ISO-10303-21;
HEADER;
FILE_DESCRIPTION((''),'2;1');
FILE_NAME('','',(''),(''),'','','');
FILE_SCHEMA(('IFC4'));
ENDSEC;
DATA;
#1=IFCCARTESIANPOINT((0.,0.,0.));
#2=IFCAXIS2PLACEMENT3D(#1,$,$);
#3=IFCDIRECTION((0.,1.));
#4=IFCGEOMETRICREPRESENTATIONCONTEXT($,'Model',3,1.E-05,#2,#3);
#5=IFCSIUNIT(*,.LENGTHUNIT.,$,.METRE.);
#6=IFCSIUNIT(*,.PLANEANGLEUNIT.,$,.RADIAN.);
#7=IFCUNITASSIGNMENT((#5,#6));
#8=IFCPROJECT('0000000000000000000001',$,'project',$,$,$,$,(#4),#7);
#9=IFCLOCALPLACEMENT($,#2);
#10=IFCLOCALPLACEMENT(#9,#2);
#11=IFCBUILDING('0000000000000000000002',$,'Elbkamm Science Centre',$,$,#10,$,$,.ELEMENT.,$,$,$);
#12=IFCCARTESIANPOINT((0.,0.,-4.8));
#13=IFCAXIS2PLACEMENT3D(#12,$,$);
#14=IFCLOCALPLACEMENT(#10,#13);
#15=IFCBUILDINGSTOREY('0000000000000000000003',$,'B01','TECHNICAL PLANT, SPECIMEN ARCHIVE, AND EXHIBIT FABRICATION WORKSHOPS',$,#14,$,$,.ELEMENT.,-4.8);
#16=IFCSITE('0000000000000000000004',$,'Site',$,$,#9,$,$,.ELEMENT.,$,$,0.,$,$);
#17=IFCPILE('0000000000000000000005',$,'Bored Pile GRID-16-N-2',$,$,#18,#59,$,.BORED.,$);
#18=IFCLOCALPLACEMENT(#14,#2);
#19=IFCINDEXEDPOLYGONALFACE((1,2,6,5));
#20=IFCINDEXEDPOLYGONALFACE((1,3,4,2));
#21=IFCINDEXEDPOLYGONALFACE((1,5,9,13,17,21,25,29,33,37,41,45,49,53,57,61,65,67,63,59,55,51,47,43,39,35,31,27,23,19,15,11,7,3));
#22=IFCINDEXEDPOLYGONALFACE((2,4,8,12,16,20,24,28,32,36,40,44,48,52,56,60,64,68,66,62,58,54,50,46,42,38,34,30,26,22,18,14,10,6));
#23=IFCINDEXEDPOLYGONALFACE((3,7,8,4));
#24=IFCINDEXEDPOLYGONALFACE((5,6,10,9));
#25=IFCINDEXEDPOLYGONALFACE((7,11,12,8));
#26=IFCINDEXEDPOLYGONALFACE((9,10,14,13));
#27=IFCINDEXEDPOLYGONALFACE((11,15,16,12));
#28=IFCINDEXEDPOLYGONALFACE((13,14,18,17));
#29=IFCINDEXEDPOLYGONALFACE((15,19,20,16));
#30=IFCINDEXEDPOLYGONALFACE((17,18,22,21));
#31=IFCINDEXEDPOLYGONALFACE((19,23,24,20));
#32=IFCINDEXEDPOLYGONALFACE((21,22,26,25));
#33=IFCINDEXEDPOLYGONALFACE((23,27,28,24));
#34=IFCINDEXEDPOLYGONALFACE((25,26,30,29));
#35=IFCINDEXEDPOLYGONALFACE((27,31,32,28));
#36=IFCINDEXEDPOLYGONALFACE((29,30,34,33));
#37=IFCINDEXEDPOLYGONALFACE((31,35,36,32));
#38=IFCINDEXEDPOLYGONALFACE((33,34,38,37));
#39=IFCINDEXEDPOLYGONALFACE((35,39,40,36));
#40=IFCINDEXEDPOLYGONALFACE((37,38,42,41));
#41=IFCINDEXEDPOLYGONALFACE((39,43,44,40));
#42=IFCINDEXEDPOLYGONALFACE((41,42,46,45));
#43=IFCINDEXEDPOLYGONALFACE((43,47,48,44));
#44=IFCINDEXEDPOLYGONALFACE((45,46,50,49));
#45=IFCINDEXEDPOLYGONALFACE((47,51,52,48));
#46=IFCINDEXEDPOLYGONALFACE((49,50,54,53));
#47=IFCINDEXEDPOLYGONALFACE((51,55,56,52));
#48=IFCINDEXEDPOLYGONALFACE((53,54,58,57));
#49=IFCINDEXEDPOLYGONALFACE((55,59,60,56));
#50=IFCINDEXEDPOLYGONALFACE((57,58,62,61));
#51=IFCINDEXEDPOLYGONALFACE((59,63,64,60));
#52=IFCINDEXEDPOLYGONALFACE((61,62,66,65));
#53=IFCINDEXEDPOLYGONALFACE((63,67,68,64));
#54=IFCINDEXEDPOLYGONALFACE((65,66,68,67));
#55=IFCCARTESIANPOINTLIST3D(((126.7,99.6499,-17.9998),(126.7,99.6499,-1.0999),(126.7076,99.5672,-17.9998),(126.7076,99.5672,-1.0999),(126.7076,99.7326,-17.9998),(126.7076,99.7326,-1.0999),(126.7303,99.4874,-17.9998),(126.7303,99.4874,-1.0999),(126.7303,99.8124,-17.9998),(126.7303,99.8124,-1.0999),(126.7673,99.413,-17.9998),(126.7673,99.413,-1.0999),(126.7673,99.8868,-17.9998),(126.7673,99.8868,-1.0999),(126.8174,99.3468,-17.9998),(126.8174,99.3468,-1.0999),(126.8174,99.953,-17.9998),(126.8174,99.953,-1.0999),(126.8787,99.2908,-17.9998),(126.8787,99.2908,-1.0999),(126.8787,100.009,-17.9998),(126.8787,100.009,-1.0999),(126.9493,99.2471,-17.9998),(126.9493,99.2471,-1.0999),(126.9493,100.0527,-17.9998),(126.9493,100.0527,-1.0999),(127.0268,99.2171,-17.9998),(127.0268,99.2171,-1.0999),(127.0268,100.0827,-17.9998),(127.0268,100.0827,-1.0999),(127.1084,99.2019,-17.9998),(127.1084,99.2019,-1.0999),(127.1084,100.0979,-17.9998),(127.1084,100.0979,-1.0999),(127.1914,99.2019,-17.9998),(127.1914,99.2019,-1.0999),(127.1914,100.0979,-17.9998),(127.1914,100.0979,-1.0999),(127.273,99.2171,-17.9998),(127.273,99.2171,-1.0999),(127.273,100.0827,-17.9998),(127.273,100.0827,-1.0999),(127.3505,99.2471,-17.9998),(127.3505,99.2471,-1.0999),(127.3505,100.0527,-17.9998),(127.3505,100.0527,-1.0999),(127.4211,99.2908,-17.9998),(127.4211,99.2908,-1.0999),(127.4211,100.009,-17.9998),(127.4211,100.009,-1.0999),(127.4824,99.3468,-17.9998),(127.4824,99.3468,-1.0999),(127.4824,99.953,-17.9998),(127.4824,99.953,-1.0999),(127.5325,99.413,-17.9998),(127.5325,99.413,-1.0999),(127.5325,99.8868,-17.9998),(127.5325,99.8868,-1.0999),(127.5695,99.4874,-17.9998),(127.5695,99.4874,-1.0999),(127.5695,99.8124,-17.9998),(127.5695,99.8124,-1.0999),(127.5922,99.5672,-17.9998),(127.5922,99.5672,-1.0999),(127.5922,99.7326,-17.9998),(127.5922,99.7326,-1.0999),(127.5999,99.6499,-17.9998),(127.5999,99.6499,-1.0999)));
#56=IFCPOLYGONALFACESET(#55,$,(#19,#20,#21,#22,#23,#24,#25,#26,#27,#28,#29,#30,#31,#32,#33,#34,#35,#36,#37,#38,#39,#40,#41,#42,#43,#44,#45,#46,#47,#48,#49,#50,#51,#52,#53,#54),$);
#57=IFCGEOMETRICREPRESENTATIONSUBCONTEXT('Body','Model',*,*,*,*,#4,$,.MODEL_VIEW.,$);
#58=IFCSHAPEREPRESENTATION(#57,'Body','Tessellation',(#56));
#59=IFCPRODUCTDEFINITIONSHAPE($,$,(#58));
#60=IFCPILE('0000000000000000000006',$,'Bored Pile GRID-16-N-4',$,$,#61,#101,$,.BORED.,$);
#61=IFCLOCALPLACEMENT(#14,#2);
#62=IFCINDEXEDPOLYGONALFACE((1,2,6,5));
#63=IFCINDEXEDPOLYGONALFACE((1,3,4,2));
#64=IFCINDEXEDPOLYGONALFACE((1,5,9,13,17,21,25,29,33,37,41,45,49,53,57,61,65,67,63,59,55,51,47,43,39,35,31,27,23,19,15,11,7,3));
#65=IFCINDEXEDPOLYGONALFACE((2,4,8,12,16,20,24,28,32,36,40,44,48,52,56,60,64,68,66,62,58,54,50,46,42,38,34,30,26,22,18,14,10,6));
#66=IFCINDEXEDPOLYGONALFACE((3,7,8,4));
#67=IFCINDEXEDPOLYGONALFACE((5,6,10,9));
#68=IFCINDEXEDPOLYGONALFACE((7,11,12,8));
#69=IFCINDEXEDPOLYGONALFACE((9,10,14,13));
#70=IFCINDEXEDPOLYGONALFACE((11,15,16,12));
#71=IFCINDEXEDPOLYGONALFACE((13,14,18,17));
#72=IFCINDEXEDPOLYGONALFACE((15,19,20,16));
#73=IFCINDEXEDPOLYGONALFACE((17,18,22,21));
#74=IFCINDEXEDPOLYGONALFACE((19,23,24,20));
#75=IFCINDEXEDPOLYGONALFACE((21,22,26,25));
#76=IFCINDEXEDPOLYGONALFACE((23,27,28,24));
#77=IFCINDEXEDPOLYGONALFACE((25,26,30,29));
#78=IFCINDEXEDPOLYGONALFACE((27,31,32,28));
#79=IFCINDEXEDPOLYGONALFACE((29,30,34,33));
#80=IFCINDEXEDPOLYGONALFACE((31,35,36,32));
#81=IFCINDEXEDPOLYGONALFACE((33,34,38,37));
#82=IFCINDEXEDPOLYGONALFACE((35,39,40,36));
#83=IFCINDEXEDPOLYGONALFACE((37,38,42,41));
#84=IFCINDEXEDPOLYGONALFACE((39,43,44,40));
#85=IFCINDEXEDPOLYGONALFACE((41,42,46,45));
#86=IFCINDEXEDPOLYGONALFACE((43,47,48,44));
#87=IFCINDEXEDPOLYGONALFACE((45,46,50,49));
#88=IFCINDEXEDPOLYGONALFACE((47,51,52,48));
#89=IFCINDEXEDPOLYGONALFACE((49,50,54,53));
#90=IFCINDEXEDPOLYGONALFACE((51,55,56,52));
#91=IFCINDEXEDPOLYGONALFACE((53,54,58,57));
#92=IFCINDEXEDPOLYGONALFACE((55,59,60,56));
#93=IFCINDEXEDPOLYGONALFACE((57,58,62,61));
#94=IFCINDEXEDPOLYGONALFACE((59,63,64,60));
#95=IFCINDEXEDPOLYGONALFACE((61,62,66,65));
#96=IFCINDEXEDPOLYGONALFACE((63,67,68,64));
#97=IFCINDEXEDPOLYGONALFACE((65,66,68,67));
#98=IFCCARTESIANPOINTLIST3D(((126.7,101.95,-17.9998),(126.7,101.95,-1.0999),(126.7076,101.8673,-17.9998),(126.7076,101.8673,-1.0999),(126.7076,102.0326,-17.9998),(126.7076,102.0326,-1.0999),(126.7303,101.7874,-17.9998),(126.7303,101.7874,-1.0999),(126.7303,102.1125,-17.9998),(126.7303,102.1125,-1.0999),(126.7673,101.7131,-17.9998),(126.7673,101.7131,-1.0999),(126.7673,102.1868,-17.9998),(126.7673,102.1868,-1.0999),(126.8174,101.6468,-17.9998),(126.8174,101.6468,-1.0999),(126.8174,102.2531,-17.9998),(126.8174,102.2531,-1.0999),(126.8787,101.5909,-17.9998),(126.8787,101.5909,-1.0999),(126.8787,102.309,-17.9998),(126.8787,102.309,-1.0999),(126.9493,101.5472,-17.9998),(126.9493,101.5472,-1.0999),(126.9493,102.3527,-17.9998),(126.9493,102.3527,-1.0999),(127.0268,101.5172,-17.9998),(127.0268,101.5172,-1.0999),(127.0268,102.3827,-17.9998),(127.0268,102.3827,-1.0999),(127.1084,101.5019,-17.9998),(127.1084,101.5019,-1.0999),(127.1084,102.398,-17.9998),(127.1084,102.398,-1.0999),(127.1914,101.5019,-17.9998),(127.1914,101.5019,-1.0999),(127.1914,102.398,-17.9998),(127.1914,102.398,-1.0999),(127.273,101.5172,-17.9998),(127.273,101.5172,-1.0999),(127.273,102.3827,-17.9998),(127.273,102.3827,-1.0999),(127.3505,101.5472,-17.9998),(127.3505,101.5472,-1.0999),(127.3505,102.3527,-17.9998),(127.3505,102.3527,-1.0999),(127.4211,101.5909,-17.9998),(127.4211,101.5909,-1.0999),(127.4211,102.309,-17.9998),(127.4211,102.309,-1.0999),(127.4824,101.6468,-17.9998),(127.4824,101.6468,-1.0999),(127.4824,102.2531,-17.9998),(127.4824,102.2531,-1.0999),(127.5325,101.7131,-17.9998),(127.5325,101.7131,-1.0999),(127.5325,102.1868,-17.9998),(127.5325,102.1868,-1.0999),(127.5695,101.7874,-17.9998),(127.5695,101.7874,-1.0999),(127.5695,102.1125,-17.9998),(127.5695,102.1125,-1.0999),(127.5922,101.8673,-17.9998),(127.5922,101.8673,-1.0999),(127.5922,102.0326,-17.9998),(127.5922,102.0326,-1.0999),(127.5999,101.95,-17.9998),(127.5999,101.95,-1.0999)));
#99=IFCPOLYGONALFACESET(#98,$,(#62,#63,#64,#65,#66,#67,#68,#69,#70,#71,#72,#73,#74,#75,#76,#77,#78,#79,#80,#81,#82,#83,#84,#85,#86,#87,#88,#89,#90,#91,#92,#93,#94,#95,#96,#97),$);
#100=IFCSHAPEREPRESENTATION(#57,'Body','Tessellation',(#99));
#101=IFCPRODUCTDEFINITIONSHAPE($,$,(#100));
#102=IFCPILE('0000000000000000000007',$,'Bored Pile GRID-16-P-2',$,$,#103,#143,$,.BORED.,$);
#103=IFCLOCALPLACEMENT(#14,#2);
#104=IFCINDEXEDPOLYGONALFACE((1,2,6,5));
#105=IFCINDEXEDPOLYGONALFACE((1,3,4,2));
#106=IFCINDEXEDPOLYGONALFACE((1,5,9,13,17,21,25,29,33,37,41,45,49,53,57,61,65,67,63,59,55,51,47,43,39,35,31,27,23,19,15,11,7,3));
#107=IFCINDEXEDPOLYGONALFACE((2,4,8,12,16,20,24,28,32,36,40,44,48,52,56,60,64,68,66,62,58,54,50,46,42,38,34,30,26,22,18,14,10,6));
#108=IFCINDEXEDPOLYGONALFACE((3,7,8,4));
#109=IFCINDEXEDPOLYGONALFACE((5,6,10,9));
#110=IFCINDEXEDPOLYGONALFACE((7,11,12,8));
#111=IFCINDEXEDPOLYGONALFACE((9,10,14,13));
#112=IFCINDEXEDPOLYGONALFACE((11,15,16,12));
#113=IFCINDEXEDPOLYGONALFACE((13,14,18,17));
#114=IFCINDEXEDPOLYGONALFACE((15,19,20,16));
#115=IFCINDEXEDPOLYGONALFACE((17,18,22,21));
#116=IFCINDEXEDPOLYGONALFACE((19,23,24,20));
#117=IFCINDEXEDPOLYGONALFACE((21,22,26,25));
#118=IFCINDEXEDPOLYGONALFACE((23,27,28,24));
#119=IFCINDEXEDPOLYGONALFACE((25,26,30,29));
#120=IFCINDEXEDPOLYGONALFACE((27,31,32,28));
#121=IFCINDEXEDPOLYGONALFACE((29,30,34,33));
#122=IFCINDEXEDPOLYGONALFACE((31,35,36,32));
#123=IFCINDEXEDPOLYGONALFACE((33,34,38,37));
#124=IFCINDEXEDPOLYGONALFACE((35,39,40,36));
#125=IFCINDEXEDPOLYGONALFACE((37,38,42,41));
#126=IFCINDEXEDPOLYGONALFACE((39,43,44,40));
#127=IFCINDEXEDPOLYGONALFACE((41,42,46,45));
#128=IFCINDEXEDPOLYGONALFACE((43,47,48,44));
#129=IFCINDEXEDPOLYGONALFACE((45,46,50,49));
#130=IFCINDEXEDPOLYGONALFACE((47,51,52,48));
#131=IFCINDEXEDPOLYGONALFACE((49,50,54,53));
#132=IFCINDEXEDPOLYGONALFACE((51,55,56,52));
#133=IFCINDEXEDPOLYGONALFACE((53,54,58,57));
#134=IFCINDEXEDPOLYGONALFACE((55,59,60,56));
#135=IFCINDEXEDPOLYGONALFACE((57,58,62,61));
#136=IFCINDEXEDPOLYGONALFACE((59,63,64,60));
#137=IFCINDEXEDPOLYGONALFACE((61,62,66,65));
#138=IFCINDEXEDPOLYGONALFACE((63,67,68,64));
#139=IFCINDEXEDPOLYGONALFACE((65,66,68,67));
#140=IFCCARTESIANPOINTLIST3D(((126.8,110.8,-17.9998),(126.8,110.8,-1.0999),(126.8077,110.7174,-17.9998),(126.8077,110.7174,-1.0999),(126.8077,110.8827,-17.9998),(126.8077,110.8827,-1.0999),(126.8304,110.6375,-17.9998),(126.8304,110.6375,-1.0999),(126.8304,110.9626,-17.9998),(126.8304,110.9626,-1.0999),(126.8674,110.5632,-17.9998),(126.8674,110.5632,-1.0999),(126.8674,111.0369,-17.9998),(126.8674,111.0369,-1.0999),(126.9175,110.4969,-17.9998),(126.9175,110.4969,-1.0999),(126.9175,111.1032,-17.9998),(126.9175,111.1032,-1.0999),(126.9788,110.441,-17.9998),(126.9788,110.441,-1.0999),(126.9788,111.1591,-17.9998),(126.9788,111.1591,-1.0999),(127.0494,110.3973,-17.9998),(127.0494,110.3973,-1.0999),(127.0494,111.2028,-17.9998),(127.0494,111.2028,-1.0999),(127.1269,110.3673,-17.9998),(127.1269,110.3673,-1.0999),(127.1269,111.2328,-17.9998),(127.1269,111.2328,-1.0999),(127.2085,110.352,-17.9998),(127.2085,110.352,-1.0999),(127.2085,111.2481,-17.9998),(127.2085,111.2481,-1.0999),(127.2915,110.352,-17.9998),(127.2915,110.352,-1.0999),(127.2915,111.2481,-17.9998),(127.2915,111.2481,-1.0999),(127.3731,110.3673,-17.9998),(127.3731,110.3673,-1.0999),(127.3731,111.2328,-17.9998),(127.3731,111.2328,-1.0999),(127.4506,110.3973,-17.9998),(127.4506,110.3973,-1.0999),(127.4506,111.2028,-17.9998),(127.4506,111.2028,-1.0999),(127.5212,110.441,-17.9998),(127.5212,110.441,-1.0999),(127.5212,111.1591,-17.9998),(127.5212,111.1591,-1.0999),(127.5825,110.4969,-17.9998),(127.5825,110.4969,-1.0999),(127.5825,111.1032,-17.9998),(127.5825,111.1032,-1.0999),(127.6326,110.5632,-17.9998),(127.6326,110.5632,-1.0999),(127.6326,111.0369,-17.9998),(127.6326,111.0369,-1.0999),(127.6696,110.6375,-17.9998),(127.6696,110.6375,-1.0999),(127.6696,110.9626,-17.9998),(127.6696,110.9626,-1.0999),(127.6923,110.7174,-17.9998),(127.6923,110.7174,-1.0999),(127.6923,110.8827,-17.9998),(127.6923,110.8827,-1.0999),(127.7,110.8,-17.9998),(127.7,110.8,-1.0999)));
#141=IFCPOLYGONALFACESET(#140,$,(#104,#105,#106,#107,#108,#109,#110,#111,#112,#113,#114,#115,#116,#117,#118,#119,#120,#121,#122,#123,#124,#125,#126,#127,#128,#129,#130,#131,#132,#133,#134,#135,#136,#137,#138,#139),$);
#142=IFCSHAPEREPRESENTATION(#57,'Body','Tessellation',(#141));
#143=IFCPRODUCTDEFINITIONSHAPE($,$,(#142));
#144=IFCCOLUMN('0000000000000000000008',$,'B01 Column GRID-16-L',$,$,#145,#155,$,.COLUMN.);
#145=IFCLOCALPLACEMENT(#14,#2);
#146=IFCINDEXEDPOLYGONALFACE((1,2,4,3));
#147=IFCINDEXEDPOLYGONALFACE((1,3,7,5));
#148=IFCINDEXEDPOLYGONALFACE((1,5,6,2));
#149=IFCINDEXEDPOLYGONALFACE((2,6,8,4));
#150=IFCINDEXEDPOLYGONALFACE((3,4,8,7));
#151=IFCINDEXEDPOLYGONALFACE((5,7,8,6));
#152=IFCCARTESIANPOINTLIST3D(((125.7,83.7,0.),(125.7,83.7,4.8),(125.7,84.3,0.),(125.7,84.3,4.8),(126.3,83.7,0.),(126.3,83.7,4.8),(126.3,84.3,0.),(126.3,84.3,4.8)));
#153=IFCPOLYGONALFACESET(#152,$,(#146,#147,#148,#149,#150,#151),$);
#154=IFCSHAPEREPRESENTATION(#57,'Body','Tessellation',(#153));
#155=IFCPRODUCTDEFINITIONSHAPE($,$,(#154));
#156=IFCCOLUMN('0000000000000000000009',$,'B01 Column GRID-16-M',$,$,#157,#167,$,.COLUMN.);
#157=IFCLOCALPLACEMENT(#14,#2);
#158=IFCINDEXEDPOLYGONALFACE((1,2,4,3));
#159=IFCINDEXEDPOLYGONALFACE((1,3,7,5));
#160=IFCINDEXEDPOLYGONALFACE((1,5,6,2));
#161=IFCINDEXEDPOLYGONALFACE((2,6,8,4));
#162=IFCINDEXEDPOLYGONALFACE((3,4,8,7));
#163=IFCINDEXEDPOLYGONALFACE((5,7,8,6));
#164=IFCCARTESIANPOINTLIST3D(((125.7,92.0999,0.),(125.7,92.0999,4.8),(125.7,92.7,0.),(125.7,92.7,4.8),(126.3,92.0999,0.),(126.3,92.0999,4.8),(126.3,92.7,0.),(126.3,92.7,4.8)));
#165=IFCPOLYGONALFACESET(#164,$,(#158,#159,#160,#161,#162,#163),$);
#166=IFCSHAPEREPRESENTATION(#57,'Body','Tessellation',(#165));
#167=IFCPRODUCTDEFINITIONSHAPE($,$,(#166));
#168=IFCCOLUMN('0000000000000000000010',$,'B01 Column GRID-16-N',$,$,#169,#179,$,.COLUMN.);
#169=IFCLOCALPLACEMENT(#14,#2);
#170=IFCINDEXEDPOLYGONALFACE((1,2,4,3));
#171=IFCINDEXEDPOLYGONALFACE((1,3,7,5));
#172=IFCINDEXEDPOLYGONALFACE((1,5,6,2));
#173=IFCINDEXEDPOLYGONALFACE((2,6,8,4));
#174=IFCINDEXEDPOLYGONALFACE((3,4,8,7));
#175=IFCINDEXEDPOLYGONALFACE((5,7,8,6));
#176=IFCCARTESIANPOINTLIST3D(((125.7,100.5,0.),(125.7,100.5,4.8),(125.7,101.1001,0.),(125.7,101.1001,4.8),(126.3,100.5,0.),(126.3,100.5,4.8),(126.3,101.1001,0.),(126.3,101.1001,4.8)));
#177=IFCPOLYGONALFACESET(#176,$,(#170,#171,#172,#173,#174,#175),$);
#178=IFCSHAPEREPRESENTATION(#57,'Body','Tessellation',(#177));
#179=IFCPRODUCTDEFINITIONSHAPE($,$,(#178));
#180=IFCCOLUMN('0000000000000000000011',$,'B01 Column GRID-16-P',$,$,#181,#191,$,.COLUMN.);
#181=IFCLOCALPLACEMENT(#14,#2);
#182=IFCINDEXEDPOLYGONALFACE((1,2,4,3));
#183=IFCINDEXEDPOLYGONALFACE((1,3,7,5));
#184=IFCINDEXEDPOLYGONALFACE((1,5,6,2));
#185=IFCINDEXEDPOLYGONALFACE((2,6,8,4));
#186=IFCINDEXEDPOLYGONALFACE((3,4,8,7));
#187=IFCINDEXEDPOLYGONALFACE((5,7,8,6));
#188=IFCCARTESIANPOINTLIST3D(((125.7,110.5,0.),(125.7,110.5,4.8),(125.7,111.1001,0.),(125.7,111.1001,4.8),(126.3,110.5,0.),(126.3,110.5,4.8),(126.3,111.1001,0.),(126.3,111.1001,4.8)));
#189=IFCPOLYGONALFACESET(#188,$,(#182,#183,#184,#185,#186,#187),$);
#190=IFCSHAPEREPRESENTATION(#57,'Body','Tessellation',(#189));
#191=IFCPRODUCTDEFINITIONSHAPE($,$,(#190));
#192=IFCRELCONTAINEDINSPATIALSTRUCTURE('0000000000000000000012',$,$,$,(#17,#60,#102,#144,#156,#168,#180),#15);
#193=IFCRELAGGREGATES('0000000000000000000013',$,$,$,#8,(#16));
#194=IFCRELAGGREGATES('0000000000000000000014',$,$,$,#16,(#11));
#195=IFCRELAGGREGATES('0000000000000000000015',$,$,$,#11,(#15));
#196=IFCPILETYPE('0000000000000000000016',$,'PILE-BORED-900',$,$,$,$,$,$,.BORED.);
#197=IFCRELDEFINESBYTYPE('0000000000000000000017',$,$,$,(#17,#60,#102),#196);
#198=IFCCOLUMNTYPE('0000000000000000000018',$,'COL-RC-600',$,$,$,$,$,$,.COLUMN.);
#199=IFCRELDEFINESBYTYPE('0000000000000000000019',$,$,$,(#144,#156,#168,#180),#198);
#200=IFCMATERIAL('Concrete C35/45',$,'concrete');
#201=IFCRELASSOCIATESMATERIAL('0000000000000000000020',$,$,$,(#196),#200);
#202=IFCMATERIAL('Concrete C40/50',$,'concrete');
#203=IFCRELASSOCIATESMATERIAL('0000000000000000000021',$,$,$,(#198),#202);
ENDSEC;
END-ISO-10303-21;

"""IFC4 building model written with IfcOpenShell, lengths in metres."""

from ifc_helpers import new_model, si_unit, direction, frame, origin, origin_2d, place, context, subcontext, project, spatial, rectangle, circle, extrude, material, material_profile, profile_set, type_object, element, save


model = new_model("IFC4")

# Units and contexts
model_context = context("Model", 3, precision=1e-05, world=origin(), true_north=direction((0.0, 1.0)))
body_context = subcontext(model_context, "Body", "Model", "MODEL_VIEW")
ifc_project = project(units=[si_unit("LENGTHUNIT", "METRE"), si_unit("PLANEANGLEUNIT", "RADIAN")], contexts=[model_context])

# Site, building, storey
site_placement = place(None, origin())
site = spatial("IfcSite", under=ifc_project, at=site_placement, Name="Site", CompositionType="ELEMENT", RefElevation=0.0)
building_placement = place(site_placement, origin())
building = spatial("IfcBuilding", under=site, at=building_placement, Name="Elbkamm Science Centre", CompositionType="ELEMENT")
storey_placement = place(building_placement, frame((0.0, 0.0, -4.8)))
storey = spatial("IfcBuildingStorey", under=building, at=storey_placement, Name="B01", Description="TECHNICAL PLANT, SPECIMEN ARCHIVE, AND EXHIBIT FABRICATION WORKSHOPS", CompositionType="ELEMENT", Elevation=-4.8)

# Shared definitions
ifc_material_1 = material(Name="Concrete C35/45", Category="concrete")

# Piles
ifc_material_profile_1 = material_profile(ifc_material_1, circle(Radius=0.45, at=origin_2d()), Name="PILE D900")
ifc_profile_set_1 = profile_set([ifc_material_profile_1], Name="Concrete C35/45")
pile_type = type_object("IfcPileType", Name="PILE-BORED-900", PredefinedType="BORED", material=ifc_profile_set_1)
for number, where, z_axis, x_axis, name in (
    (1, (127.1499, 99.6499, -1.0999), (0.0, 0.0, -1.0), (1.0, 0.0, 0.0), "Bored Pile GRID-16-N-2"),
    (2, (127.1499, 101.95, -1.0999), (0.0, 0.0, -1.0), (1.0, 0.0, 0.0), "Bored Pile GRID-16-N-4"),
    (3, (127.25, 110.8, -1.0999), (0.0, 0.0, -1.0), (1.0, 0.0, 0.0), "Bored Pile GRID-16-P-2"),
):
    element("IfcPile", number, at=place(storey_placement, frame(where, z_axis=z_axis, x_axis=x_axis)), inside=storey, type_object=pile_type, Name=name, PredefinedType="BORED", context=body_context, shape_type="SweptSolid", body=[
        extrude(circle(Radius=0.45, at=origin_2d()), origin(), (0.0, 0.0, 1.0), 16.8999),
    ])

# Columns
ifc_material_2 = material(Name="Concrete C40/50", Category="concrete")
ifc_material_profile_2 = material_profile(ifc_material_2, rectangle(XDim=0.6001, YDim=0.6001, at=origin_2d()), Name="RC 600x600")
ifc_profile_set_2 = profile_set([ifc_material_profile_2], Name="Concrete C40/50")
column_type = type_object("IfcColumnType", Name="COL-RC-600", PredefinedType="COLUMN", material=ifc_profile_set_2)
for number, where, z_axis, x_axis, name in (
    (4, (126.0, 84.0, 0.0), (0.0, 0.0, 1.0), (1.0, 0.0, 0.0), "B01 Column GRID-16-L"),
    (5, (126.0, 92.3999, 0.0), (0.0, 0.0, 1.0), (1.0, 0.0, 0.0), "B01 Column GRID-16-M"),
    (6, (126.0, 100.8, 0.0), (0.0, 0.0, 1.0), (1.0, 0.0, 0.0), "B01 Column GRID-16-N"),
    (7, (126.0, 110.8, 0.0), (0.0, 0.0, 1.0), (1.0, 0.0, 0.0), "B01 Column GRID-16-P"),
):
    element("IfcColumn", number, at=place(storey_placement, frame(where, z_axis=z_axis, x_axis=x_axis)), inside=storey, type_object=column_type, Name=name, PredefinedType="COLUMN", context=body_context, shape_type="SweptSolid", body=[
        extrude(rectangle(XDim=0.6001, YDim=0.6001, at=origin_2d()), origin(), (0.0, 0.0, 1.0), 4.8),
    ])

save(model, "model.ifc")
